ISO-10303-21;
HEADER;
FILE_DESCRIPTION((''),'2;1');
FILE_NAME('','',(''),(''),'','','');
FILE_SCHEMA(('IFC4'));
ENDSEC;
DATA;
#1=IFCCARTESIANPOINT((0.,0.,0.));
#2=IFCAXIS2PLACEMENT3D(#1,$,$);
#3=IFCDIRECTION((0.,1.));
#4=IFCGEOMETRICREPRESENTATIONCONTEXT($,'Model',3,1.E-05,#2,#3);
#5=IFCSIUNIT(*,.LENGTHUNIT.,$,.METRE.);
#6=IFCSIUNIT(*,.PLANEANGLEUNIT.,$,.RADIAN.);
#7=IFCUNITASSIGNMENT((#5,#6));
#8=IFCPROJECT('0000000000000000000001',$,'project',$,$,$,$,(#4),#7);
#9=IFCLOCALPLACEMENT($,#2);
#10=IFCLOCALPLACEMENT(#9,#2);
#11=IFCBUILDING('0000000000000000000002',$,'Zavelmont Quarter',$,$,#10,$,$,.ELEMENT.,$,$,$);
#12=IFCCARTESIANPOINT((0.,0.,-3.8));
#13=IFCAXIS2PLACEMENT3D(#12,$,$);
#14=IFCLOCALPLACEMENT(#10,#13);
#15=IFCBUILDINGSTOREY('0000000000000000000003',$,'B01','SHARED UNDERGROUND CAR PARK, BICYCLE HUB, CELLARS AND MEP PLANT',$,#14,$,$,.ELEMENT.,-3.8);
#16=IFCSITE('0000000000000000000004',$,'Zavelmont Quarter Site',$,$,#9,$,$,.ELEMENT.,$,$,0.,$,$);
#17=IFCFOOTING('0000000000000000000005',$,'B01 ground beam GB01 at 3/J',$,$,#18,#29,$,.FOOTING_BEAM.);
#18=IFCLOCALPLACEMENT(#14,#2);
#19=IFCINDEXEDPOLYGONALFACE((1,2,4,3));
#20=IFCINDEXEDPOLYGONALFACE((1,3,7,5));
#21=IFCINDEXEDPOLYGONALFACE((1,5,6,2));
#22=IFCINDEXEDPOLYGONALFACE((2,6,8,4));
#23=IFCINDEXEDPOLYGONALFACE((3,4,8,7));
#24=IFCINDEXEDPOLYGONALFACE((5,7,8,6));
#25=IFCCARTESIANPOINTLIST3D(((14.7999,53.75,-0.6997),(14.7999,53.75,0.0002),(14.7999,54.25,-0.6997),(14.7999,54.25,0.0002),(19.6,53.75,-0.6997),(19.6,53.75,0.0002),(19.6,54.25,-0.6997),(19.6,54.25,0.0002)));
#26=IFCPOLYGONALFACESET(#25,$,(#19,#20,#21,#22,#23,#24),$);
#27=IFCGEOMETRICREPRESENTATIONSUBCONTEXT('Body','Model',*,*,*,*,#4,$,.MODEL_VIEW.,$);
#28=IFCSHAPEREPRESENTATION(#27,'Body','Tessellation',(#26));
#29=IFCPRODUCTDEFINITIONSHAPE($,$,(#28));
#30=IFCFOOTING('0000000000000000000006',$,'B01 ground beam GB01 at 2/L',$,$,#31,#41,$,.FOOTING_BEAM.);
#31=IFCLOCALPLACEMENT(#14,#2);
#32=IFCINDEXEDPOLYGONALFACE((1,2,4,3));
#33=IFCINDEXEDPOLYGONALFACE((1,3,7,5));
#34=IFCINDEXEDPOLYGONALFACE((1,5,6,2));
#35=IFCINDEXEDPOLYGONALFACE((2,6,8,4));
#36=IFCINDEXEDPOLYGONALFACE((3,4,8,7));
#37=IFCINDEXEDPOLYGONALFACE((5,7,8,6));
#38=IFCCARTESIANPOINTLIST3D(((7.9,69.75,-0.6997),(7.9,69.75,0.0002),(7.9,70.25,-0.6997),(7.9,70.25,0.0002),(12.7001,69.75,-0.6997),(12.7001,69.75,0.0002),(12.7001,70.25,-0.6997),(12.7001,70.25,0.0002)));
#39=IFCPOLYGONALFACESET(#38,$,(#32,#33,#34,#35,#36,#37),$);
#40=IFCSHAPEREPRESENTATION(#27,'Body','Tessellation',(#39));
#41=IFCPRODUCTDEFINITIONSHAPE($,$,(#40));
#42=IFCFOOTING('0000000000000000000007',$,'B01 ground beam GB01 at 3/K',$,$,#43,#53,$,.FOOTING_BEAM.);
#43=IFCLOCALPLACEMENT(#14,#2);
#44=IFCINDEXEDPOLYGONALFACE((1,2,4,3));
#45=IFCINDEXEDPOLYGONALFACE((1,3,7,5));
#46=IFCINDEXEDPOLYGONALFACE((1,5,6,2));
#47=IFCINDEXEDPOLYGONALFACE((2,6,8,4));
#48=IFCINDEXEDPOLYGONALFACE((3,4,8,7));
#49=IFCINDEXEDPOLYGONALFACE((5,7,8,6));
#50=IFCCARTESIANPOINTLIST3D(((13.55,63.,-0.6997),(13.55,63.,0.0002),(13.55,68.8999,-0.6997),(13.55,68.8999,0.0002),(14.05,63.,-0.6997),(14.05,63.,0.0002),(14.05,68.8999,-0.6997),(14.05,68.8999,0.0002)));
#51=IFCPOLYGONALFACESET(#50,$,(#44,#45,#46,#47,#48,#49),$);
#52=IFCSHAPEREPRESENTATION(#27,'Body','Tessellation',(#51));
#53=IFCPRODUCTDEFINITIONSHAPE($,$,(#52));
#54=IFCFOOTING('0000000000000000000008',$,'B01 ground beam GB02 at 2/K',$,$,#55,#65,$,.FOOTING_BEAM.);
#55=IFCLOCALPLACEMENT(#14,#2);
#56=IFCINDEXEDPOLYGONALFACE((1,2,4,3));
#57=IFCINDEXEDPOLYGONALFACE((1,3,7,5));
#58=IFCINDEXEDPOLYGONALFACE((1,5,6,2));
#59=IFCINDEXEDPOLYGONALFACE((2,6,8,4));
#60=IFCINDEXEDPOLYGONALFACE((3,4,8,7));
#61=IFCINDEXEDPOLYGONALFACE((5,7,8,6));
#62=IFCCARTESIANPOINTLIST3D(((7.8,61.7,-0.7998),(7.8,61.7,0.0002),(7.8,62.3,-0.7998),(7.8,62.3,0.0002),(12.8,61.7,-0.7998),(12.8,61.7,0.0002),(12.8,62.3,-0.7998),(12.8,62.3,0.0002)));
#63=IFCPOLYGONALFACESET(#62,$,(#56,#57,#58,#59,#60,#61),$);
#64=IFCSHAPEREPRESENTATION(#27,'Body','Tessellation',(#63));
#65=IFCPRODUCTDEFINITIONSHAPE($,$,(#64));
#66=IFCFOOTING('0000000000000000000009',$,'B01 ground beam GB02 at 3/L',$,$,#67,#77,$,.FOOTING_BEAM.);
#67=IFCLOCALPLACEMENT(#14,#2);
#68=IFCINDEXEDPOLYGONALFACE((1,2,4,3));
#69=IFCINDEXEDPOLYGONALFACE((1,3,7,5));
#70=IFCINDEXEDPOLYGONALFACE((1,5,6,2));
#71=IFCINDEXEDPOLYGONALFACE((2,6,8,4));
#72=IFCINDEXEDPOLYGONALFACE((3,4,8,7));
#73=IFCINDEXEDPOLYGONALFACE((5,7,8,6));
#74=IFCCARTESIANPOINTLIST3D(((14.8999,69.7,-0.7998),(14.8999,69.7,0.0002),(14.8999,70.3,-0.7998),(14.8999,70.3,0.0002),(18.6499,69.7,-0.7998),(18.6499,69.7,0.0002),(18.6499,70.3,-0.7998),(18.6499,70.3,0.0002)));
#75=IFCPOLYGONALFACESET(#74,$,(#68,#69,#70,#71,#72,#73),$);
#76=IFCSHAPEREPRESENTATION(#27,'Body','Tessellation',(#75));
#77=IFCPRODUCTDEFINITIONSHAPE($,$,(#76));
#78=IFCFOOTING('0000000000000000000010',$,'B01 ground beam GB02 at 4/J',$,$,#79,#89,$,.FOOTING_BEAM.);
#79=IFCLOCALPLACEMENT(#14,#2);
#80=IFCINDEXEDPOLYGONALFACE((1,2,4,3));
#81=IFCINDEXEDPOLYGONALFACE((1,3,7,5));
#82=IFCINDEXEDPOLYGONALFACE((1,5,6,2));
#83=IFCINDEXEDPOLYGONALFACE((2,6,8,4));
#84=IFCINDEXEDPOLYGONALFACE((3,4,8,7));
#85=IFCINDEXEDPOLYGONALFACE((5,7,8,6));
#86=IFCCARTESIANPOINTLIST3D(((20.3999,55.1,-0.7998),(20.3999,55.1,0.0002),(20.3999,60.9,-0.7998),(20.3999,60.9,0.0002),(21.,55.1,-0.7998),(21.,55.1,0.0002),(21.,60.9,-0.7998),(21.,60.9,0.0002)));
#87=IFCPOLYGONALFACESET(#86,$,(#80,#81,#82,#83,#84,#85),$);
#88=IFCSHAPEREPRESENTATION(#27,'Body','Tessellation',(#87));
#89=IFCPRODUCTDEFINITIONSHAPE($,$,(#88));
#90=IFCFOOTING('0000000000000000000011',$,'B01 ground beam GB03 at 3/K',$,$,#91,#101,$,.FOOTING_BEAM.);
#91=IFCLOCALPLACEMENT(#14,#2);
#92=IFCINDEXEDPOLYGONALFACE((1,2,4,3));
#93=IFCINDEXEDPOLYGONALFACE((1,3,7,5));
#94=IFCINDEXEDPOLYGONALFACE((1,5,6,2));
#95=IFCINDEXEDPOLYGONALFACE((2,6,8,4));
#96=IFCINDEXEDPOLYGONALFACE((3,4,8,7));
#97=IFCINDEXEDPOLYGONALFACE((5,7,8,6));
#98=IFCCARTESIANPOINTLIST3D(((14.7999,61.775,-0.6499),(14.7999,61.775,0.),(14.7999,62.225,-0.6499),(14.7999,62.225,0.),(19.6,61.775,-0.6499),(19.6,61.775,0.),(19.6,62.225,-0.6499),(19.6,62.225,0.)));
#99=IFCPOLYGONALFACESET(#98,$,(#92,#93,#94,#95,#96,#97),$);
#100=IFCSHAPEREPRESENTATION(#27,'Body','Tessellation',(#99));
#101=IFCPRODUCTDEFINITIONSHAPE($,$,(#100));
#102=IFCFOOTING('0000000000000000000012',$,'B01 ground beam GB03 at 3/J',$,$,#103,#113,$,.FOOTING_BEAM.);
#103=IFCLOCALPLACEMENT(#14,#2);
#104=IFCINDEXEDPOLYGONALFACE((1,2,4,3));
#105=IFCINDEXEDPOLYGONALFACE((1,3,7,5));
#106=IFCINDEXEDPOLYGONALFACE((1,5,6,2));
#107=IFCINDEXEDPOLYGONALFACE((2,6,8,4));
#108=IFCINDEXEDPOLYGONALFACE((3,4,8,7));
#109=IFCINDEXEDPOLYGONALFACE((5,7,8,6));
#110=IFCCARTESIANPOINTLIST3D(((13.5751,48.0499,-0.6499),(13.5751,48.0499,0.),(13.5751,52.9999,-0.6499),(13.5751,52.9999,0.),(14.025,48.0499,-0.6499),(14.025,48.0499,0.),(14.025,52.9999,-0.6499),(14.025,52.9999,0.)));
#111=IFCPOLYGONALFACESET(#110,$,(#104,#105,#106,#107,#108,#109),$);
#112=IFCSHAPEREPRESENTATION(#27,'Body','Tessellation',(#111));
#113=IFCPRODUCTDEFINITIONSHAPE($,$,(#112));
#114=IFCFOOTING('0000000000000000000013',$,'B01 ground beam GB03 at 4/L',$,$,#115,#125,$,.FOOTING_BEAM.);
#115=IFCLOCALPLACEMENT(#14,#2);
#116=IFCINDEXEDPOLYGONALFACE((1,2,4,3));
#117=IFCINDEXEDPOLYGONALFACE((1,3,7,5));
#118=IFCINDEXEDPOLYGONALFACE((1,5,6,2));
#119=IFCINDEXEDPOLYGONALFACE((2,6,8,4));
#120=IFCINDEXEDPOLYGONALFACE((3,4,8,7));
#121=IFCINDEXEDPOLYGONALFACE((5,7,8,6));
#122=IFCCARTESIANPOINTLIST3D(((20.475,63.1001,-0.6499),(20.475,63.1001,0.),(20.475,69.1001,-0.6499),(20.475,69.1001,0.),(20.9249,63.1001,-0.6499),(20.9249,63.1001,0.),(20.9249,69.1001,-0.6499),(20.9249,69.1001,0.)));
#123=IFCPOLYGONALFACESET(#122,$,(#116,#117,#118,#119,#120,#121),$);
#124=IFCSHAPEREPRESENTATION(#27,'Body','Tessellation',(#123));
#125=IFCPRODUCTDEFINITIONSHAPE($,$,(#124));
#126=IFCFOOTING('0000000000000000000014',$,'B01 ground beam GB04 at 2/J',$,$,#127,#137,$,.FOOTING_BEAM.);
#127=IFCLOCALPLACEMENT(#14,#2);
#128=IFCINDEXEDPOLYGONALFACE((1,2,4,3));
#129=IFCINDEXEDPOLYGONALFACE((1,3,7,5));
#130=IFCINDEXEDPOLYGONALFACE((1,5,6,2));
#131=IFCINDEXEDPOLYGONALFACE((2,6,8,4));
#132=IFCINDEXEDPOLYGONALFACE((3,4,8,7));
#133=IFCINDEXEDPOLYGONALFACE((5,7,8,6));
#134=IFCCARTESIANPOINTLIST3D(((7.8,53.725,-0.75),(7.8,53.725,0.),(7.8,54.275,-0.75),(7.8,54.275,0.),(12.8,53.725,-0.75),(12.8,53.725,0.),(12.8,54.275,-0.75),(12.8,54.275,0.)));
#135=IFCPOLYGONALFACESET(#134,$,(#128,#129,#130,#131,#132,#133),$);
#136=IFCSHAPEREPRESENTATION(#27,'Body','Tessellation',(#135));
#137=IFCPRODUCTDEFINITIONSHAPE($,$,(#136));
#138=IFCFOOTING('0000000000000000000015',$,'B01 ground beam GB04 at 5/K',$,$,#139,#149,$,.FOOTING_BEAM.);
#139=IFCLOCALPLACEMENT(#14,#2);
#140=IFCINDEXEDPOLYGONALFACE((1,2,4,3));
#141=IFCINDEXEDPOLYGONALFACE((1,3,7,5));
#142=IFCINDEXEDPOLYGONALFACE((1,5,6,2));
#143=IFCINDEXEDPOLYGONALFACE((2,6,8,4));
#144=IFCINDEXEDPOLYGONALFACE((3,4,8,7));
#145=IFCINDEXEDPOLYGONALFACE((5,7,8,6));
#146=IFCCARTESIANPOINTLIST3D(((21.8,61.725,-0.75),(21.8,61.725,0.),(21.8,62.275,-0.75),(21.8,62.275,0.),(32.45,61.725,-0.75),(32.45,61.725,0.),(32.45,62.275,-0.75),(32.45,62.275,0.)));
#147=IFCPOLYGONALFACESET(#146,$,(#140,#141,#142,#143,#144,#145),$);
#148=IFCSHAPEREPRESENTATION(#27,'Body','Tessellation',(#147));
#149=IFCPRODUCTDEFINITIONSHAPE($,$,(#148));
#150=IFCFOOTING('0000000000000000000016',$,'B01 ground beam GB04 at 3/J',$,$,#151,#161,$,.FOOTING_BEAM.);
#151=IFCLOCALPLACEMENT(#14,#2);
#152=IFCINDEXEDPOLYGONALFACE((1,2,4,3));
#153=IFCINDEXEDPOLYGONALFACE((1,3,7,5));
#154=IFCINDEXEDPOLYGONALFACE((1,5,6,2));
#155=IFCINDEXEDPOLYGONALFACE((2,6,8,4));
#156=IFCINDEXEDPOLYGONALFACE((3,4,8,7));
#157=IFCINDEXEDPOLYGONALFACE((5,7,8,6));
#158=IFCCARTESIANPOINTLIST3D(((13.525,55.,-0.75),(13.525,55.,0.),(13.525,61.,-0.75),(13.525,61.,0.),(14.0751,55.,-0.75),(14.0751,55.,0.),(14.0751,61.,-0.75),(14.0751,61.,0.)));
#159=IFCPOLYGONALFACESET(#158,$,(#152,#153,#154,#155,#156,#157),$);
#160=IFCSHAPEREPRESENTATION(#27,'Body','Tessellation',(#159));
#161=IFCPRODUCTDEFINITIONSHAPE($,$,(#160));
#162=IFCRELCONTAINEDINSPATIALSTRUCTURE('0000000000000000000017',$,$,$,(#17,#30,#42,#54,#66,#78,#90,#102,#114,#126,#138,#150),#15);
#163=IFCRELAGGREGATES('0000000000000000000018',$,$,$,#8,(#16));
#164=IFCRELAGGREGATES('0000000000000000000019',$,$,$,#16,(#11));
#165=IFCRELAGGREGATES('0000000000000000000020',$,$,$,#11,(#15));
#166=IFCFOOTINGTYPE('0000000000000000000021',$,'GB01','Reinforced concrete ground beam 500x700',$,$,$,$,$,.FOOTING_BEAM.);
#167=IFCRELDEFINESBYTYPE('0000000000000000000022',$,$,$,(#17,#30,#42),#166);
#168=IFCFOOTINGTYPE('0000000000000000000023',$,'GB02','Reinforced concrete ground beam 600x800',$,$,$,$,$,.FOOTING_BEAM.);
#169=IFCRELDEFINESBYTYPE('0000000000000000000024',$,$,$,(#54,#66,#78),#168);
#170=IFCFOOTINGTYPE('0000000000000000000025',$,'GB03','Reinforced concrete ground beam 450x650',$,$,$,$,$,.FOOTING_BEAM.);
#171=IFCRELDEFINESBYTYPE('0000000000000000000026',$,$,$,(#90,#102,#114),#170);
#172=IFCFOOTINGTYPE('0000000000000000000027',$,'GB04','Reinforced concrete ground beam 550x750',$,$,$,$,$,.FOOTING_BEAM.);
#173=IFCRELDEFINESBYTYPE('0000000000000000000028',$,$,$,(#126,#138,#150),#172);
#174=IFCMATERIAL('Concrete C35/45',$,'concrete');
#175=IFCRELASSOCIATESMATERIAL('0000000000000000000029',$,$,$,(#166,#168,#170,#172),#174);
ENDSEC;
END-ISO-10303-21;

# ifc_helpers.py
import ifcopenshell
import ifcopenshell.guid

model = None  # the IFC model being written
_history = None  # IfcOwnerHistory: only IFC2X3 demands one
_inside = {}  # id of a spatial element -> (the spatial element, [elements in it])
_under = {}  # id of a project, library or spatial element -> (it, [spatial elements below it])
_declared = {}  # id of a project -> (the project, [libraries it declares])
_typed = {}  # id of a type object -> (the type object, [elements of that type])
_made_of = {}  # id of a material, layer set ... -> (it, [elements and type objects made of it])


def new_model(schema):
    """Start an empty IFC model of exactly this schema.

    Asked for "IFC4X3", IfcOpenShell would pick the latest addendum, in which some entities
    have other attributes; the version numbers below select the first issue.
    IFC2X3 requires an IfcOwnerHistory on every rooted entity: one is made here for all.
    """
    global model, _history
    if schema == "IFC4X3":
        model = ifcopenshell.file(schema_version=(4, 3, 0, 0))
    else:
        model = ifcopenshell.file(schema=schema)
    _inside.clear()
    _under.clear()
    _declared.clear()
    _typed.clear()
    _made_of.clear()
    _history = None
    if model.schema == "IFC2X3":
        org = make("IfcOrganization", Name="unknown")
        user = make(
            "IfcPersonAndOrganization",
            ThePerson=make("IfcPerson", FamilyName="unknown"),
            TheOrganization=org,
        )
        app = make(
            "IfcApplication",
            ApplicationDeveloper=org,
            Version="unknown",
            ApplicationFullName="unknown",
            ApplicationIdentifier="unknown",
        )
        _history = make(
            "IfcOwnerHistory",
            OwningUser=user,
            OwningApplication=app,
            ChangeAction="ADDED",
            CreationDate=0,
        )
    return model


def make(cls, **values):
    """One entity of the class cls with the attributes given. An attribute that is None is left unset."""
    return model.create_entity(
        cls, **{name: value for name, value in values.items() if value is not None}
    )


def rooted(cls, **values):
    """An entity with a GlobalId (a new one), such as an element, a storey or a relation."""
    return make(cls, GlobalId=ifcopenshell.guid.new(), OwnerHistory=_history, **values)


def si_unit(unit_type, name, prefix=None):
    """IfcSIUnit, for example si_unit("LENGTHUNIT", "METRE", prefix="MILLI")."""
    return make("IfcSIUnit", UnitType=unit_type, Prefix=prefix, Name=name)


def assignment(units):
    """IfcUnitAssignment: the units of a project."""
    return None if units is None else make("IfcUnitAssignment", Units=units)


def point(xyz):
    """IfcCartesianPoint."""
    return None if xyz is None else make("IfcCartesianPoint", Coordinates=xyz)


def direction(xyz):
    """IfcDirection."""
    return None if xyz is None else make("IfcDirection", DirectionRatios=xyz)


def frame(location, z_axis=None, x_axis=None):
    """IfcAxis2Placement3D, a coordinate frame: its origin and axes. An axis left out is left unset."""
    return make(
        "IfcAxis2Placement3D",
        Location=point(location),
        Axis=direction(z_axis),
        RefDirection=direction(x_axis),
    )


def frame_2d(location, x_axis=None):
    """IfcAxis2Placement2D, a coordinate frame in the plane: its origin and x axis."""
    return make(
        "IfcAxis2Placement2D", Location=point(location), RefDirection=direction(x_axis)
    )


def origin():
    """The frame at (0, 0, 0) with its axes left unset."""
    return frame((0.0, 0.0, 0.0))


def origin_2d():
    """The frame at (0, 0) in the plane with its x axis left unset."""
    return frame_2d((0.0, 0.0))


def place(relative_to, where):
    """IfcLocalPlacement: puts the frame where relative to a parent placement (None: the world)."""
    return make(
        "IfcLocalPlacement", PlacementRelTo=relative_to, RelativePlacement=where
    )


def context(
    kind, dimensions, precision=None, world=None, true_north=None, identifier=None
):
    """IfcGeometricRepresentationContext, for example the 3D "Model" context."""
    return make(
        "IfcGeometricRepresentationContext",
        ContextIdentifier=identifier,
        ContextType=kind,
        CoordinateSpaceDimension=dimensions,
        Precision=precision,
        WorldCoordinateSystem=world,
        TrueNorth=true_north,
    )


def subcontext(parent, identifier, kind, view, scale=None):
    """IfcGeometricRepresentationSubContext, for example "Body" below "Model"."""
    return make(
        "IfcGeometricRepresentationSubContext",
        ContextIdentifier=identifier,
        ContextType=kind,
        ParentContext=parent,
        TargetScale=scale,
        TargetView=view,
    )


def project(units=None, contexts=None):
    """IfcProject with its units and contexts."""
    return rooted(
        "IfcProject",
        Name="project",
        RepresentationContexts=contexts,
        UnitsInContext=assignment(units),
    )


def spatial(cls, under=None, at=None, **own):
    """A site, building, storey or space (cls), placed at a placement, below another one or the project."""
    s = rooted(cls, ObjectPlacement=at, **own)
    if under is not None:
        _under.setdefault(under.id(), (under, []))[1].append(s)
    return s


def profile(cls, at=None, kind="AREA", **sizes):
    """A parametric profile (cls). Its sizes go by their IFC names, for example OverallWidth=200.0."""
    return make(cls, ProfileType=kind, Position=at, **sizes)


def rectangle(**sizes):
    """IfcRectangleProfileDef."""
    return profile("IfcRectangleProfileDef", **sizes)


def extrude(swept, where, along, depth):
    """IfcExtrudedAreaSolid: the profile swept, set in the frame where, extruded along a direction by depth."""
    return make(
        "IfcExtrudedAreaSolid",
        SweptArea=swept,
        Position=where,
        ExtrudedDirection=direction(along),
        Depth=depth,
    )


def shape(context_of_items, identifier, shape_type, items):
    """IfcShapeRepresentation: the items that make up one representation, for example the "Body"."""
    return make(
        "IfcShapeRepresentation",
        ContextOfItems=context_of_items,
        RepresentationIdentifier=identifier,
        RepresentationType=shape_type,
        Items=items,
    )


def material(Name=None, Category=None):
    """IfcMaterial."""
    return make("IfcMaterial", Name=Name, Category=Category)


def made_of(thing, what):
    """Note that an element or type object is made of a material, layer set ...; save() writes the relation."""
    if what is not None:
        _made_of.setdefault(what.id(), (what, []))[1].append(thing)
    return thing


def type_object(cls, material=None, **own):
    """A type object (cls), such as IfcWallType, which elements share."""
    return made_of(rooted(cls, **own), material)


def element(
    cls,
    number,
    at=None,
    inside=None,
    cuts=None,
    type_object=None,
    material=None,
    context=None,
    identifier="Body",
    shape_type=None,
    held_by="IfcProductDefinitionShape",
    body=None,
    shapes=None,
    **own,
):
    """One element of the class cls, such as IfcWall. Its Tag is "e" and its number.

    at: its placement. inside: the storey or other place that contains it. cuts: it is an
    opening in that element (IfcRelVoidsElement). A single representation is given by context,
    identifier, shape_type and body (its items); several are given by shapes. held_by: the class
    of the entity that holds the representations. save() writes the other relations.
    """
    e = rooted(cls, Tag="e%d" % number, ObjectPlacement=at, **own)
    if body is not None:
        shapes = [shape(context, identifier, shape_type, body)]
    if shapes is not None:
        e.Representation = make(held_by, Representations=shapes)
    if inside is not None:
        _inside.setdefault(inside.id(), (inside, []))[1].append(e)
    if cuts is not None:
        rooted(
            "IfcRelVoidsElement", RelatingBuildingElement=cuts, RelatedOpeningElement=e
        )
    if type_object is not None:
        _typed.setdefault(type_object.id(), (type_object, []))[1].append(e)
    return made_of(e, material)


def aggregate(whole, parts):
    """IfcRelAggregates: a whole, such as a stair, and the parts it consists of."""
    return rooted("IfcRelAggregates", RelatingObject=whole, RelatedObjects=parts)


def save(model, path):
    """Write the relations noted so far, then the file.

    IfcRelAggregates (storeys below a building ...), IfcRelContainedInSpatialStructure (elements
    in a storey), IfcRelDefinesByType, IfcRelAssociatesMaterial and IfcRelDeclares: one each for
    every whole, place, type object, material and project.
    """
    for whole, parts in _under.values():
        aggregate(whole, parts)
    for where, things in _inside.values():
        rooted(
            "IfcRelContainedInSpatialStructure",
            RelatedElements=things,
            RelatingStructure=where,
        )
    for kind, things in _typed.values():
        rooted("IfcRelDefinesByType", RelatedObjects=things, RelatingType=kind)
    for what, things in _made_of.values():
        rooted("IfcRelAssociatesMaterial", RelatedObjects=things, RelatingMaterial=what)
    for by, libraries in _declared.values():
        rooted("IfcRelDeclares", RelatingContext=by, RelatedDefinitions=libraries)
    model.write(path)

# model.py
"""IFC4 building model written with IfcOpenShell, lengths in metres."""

from ifc_helpers import new_model, si_unit, direction, frame, origin, origin_2d, place, context, subcontext, project, spatial, rectangle, extrude, material, type_object, element, save


model = new_model("IFC4")

# Units and contexts
model_context = context("Model", 3, precision=1e-05, world=origin(), true_north=direction((0.0, 1.0)))
body_context = subcontext(model_context, "Body", "Model", "MODEL_VIEW")
ifc_project = project(units=[si_unit("LENGTHUNIT", "METRE"), si_unit("PLANEANGLEUNIT", "RADIAN")], contexts=[model_context])

# Site, building, storey
site_placement = place(None, origin())
site = spatial("IfcSite", under=ifc_project, at=site_placement, Name="Zavelmont Quarter Site", CompositionType="ELEMENT", RefElevation=0.0)
building_placement = place(site_placement, origin())
building = spatial("IfcBuilding", under=site, at=building_placement, Name="Zavelmont Quarter", CompositionType="ELEMENT")
storey_placement = place(building_placement, frame((0.0, 0.0, -3.8)))
storey = spatial("IfcBuildingStorey", under=building, at=storey_placement, Name="B01", Description="SHARED UNDERGROUND CAR PARK, BICYCLE HUB, CELLARS AND MEP PLANT", CompositionType="ELEMENT", Elevation=-3.8)

# Footings
ifc_material = material(Name="Concrete C35/45", Category="concrete")
footing_type_1 = type_object("IfcFootingType", Name="GB01", Description="Reinforced concrete ground beam 500x700", PredefinedType="FOOTING_BEAM", material=ifc_material)
for number, where, z_axis, x_axis, name in (
    (1, (17.2, 54.0, -0.6997), (0.0, 0.0, 1.0), (1.0, 0.0, 0.0), "B01 ground beam GB01 at 3/J"),
    (2, (10.3, 70.0, -0.6997), (0.0, 0.0, 1.0), (1.0, 0.0, 0.0), "B01 ground beam GB01 at 2/L"),
):
    element("IfcFooting", number, at=place(storey_placement, frame(where, z_axis=z_axis, x_axis=x_axis)), inside=storey, type_object=footing_type_1, Name=name, PredefinedType="FOOTING_BEAM", context=body_context, shape_type="SweptSolid", body=[
        extrude(rectangle(XDim=4.8, YDim=0.5, at=origin_2d()), origin(), (0.0, 0.0, 1.0), 0.7),
    ])
footing_1_placement = place(storey_placement, frame((13.8, 65.95, -0.6997), z_axis=(0.0, 0.0, 1.0), x_axis=(0.0, 1.0, 0.0)))
element("IfcFooting", 3, at=footing_1_placement, inside=storey, type_object=footing_type_1, Name="B01 ground beam GB01 at 3/K", PredefinedType="FOOTING_BEAM", context=body_context, shape_type="SweptSolid", body=[
    extrude(rectangle(XDim=5.8999, YDim=0.5, at=origin_2d()), origin(), (0.0, 0.0, 1.0), 0.7),
])
footing_type_2 = type_object("IfcFootingType", Name="GB02", Description="Reinforced concrete ground beam 600x800", PredefinedType="FOOTING_BEAM", material=ifc_material)
footing_2_placement = place(storey_placement, frame((10.3, 62.0, -0.7998), z_axis=(0.0, 0.0, 1.0), x_axis=(1.0, 0.0, 0.0)))
element("IfcFooting", 4, at=footing_2_placement, inside=storey, type_object=footing_type_2, Name="B01 ground beam GB02 at 2/K", PredefinedType="FOOTING_BEAM", context=body_context, shape_type="SweptSolid", body=[
    extrude(rectangle(XDim=5.0, YDim=0.6001, at=origin_2d()), origin(), (0.0, 0.0, 1.0), 0.8),
])
footing_3_placement = place(storey_placement, frame((16.7749, 70.0, -0.7998), z_axis=(0.0, 0.0, 1.0), x_axis=(1.0, 0.0, 0.0)))
element("IfcFooting", 5, at=footing_3_placement, inside=storey, type_object=footing_type_2, Name="B01 ground beam GB02 at 3/L", PredefinedType="FOOTING_BEAM", context=body_context, shape_type="SweptSolid", body=[
    extrude(rectangle(XDim=3.75, YDim=0.6001, at=origin_2d()), origin(), (0.0, 0.0, 1.0), 0.8),
])
footing_4_placement = place(storey_placement, frame((20.7, 58.0, -0.7998), z_axis=(0.0, 0.0, 1.0), x_axis=(0.0, 1.0, 0.0)))
element("IfcFooting", 6, at=footing_4_placement, inside=storey, type_object=footing_type_2, Name="B01 ground beam GB02 at 4/J", PredefinedType="FOOTING_BEAM", context=body_context, shape_type="SweptSolid", body=[
    extrude(rectangle(XDim=5.8, YDim=0.6001, at=origin_2d()), origin(), (0.0, 0.0, 1.0), 0.8),
])
footing_type_3 = type_object("IfcFootingType", Name="GB03", Description="Reinforced concrete ground beam 450x650", PredefinedType="FOOTING_BEAM", material=ifc_material)
footing_5_placement = place(storey_placement, frame((17.2, 62.0, -0.6499), z_axis=(0.0, 0.0, 1.0), x_axis=(1.0, 0.0, 0.0)))
element("IfcFooting", 7, at=footing_5_placement, inside=storey, type_object=footing_type_3, Name="B01 ground beam GB03 at 3/K", PredefinedType="FOOTING_BEAM", context=body_context, shape_type="SweptSolid", body=[
    extrude(rectangle(XDim=4.8, YDim=0.45, at=origin_2d()), origin(), (0.0, 0.0, 1.0), 0.6499),
])
footing_6_placement = place(storey_placement, frame((13.8, 50.5249, -0.6499), z_axis=(0.0, 0.0, 1.0), x_axis=(0.0, 1.0, 0.0)))
element("IfcFooting", 8, at=footing_6_placement, inside=storey, type_object=footing_type_3, Name="B01 ground beam GB03 at 3/J", PredefinedType="FOOTING_BEAM", context=body_context, shape_type="SweptSolid", body=[
    extrude(rectangle(XDim=4.95, YDim=0.45, at=origin_2d()), origin(), (0.0, 0.0, 1.0), 0.6499),
])
footing_7_placement = place(storey_placement, frame((20.7, 66.1001, -0.6499), z_axis=(0.0, 0.0, 1.0), x_axis=(0.0, 1.0, 0.0)))
element("IfcFooting", 9, at=footing_7_placement, inside=storey, type_object=footing_type_3, Name="B01 ground beam GB03 at 4/L", PredefinedType="FOOTING_BEAM", context=body_context, shape_type="SweptSolid", body=[
    extrude(rectangle(XDim=6.0, YDim=0.45, at=origin_2d()), origin(), (0.0, 0.0, 1.0), 0.6499),
])
footing_type_4 = type_object("IfcFootingType", Name="GB04", Description="Reinforced concrete ground beam 550x750", PredefinedType="FOOTING_BEAM", material=ifc_material)
footing_8_placement = place(storey_placement, frame((10.3, 54.0, -0.75), z_axis=(0.0, 0.0, 1.0), x_axis=(1.0, 0.0, 0.0)))
element("IfcFooting", 10, at=footing_8_placement, inside=storey, type_object=footing_type_4, Name="B01 ground beam GB04 at 2/J", PredefinedType="FOOTING_BEAM", context=body_context, shape_type="SweptSolid", body=[
    extrude(rectangle(XDim=5.0, YDim=0.55, at=origin_2d()), origin(), (0.0, 0.0, 1.0), 0.75),
])
footing_9_placement = place(storey_placement, frame((27.125, 62.0, -0.75), z_axis=(0.0, 0.0, 1.0), x_axis=(1.0, 0.0, 0.0)))
element("IfcFooting", 11, at=footing_9_placement, inside=storey, type_object=footing_type_4, Name="B01 ground beam GB04 at 5/K", PredefinedType="FOOTING_BEAM", context=body_context, shape_type="SweptSolid", body=[
    extrude(rectangle(XDim=10.6499, YDim=0.55, at=origin_2d()), origin(), (0.0, 0.0, 1.0), 0.75),
])
footing_10_placement = place(storey_placement, frame((13.8, 58.0, -0.75), z_axis=(0.0, 0.0, 1.0), x_axis=(0.0, 1.0, 0.0)))
element("IfcFooting", 12, at=footing_10_placement, inside=storey, type_object=footing_type_4, Name="B01 ground beam GB04 at 3/J", PredefinedType="FOOTING_BEAM", context=body_context, shape_type="SweptSolid", body=[
    extrude(rectangle(XDim=6.0, YDim=0.55, at=origin_2d()), origin(), (0.0, 0.0, 1.0), 0.75),
])

save(model, "model.ifc")
